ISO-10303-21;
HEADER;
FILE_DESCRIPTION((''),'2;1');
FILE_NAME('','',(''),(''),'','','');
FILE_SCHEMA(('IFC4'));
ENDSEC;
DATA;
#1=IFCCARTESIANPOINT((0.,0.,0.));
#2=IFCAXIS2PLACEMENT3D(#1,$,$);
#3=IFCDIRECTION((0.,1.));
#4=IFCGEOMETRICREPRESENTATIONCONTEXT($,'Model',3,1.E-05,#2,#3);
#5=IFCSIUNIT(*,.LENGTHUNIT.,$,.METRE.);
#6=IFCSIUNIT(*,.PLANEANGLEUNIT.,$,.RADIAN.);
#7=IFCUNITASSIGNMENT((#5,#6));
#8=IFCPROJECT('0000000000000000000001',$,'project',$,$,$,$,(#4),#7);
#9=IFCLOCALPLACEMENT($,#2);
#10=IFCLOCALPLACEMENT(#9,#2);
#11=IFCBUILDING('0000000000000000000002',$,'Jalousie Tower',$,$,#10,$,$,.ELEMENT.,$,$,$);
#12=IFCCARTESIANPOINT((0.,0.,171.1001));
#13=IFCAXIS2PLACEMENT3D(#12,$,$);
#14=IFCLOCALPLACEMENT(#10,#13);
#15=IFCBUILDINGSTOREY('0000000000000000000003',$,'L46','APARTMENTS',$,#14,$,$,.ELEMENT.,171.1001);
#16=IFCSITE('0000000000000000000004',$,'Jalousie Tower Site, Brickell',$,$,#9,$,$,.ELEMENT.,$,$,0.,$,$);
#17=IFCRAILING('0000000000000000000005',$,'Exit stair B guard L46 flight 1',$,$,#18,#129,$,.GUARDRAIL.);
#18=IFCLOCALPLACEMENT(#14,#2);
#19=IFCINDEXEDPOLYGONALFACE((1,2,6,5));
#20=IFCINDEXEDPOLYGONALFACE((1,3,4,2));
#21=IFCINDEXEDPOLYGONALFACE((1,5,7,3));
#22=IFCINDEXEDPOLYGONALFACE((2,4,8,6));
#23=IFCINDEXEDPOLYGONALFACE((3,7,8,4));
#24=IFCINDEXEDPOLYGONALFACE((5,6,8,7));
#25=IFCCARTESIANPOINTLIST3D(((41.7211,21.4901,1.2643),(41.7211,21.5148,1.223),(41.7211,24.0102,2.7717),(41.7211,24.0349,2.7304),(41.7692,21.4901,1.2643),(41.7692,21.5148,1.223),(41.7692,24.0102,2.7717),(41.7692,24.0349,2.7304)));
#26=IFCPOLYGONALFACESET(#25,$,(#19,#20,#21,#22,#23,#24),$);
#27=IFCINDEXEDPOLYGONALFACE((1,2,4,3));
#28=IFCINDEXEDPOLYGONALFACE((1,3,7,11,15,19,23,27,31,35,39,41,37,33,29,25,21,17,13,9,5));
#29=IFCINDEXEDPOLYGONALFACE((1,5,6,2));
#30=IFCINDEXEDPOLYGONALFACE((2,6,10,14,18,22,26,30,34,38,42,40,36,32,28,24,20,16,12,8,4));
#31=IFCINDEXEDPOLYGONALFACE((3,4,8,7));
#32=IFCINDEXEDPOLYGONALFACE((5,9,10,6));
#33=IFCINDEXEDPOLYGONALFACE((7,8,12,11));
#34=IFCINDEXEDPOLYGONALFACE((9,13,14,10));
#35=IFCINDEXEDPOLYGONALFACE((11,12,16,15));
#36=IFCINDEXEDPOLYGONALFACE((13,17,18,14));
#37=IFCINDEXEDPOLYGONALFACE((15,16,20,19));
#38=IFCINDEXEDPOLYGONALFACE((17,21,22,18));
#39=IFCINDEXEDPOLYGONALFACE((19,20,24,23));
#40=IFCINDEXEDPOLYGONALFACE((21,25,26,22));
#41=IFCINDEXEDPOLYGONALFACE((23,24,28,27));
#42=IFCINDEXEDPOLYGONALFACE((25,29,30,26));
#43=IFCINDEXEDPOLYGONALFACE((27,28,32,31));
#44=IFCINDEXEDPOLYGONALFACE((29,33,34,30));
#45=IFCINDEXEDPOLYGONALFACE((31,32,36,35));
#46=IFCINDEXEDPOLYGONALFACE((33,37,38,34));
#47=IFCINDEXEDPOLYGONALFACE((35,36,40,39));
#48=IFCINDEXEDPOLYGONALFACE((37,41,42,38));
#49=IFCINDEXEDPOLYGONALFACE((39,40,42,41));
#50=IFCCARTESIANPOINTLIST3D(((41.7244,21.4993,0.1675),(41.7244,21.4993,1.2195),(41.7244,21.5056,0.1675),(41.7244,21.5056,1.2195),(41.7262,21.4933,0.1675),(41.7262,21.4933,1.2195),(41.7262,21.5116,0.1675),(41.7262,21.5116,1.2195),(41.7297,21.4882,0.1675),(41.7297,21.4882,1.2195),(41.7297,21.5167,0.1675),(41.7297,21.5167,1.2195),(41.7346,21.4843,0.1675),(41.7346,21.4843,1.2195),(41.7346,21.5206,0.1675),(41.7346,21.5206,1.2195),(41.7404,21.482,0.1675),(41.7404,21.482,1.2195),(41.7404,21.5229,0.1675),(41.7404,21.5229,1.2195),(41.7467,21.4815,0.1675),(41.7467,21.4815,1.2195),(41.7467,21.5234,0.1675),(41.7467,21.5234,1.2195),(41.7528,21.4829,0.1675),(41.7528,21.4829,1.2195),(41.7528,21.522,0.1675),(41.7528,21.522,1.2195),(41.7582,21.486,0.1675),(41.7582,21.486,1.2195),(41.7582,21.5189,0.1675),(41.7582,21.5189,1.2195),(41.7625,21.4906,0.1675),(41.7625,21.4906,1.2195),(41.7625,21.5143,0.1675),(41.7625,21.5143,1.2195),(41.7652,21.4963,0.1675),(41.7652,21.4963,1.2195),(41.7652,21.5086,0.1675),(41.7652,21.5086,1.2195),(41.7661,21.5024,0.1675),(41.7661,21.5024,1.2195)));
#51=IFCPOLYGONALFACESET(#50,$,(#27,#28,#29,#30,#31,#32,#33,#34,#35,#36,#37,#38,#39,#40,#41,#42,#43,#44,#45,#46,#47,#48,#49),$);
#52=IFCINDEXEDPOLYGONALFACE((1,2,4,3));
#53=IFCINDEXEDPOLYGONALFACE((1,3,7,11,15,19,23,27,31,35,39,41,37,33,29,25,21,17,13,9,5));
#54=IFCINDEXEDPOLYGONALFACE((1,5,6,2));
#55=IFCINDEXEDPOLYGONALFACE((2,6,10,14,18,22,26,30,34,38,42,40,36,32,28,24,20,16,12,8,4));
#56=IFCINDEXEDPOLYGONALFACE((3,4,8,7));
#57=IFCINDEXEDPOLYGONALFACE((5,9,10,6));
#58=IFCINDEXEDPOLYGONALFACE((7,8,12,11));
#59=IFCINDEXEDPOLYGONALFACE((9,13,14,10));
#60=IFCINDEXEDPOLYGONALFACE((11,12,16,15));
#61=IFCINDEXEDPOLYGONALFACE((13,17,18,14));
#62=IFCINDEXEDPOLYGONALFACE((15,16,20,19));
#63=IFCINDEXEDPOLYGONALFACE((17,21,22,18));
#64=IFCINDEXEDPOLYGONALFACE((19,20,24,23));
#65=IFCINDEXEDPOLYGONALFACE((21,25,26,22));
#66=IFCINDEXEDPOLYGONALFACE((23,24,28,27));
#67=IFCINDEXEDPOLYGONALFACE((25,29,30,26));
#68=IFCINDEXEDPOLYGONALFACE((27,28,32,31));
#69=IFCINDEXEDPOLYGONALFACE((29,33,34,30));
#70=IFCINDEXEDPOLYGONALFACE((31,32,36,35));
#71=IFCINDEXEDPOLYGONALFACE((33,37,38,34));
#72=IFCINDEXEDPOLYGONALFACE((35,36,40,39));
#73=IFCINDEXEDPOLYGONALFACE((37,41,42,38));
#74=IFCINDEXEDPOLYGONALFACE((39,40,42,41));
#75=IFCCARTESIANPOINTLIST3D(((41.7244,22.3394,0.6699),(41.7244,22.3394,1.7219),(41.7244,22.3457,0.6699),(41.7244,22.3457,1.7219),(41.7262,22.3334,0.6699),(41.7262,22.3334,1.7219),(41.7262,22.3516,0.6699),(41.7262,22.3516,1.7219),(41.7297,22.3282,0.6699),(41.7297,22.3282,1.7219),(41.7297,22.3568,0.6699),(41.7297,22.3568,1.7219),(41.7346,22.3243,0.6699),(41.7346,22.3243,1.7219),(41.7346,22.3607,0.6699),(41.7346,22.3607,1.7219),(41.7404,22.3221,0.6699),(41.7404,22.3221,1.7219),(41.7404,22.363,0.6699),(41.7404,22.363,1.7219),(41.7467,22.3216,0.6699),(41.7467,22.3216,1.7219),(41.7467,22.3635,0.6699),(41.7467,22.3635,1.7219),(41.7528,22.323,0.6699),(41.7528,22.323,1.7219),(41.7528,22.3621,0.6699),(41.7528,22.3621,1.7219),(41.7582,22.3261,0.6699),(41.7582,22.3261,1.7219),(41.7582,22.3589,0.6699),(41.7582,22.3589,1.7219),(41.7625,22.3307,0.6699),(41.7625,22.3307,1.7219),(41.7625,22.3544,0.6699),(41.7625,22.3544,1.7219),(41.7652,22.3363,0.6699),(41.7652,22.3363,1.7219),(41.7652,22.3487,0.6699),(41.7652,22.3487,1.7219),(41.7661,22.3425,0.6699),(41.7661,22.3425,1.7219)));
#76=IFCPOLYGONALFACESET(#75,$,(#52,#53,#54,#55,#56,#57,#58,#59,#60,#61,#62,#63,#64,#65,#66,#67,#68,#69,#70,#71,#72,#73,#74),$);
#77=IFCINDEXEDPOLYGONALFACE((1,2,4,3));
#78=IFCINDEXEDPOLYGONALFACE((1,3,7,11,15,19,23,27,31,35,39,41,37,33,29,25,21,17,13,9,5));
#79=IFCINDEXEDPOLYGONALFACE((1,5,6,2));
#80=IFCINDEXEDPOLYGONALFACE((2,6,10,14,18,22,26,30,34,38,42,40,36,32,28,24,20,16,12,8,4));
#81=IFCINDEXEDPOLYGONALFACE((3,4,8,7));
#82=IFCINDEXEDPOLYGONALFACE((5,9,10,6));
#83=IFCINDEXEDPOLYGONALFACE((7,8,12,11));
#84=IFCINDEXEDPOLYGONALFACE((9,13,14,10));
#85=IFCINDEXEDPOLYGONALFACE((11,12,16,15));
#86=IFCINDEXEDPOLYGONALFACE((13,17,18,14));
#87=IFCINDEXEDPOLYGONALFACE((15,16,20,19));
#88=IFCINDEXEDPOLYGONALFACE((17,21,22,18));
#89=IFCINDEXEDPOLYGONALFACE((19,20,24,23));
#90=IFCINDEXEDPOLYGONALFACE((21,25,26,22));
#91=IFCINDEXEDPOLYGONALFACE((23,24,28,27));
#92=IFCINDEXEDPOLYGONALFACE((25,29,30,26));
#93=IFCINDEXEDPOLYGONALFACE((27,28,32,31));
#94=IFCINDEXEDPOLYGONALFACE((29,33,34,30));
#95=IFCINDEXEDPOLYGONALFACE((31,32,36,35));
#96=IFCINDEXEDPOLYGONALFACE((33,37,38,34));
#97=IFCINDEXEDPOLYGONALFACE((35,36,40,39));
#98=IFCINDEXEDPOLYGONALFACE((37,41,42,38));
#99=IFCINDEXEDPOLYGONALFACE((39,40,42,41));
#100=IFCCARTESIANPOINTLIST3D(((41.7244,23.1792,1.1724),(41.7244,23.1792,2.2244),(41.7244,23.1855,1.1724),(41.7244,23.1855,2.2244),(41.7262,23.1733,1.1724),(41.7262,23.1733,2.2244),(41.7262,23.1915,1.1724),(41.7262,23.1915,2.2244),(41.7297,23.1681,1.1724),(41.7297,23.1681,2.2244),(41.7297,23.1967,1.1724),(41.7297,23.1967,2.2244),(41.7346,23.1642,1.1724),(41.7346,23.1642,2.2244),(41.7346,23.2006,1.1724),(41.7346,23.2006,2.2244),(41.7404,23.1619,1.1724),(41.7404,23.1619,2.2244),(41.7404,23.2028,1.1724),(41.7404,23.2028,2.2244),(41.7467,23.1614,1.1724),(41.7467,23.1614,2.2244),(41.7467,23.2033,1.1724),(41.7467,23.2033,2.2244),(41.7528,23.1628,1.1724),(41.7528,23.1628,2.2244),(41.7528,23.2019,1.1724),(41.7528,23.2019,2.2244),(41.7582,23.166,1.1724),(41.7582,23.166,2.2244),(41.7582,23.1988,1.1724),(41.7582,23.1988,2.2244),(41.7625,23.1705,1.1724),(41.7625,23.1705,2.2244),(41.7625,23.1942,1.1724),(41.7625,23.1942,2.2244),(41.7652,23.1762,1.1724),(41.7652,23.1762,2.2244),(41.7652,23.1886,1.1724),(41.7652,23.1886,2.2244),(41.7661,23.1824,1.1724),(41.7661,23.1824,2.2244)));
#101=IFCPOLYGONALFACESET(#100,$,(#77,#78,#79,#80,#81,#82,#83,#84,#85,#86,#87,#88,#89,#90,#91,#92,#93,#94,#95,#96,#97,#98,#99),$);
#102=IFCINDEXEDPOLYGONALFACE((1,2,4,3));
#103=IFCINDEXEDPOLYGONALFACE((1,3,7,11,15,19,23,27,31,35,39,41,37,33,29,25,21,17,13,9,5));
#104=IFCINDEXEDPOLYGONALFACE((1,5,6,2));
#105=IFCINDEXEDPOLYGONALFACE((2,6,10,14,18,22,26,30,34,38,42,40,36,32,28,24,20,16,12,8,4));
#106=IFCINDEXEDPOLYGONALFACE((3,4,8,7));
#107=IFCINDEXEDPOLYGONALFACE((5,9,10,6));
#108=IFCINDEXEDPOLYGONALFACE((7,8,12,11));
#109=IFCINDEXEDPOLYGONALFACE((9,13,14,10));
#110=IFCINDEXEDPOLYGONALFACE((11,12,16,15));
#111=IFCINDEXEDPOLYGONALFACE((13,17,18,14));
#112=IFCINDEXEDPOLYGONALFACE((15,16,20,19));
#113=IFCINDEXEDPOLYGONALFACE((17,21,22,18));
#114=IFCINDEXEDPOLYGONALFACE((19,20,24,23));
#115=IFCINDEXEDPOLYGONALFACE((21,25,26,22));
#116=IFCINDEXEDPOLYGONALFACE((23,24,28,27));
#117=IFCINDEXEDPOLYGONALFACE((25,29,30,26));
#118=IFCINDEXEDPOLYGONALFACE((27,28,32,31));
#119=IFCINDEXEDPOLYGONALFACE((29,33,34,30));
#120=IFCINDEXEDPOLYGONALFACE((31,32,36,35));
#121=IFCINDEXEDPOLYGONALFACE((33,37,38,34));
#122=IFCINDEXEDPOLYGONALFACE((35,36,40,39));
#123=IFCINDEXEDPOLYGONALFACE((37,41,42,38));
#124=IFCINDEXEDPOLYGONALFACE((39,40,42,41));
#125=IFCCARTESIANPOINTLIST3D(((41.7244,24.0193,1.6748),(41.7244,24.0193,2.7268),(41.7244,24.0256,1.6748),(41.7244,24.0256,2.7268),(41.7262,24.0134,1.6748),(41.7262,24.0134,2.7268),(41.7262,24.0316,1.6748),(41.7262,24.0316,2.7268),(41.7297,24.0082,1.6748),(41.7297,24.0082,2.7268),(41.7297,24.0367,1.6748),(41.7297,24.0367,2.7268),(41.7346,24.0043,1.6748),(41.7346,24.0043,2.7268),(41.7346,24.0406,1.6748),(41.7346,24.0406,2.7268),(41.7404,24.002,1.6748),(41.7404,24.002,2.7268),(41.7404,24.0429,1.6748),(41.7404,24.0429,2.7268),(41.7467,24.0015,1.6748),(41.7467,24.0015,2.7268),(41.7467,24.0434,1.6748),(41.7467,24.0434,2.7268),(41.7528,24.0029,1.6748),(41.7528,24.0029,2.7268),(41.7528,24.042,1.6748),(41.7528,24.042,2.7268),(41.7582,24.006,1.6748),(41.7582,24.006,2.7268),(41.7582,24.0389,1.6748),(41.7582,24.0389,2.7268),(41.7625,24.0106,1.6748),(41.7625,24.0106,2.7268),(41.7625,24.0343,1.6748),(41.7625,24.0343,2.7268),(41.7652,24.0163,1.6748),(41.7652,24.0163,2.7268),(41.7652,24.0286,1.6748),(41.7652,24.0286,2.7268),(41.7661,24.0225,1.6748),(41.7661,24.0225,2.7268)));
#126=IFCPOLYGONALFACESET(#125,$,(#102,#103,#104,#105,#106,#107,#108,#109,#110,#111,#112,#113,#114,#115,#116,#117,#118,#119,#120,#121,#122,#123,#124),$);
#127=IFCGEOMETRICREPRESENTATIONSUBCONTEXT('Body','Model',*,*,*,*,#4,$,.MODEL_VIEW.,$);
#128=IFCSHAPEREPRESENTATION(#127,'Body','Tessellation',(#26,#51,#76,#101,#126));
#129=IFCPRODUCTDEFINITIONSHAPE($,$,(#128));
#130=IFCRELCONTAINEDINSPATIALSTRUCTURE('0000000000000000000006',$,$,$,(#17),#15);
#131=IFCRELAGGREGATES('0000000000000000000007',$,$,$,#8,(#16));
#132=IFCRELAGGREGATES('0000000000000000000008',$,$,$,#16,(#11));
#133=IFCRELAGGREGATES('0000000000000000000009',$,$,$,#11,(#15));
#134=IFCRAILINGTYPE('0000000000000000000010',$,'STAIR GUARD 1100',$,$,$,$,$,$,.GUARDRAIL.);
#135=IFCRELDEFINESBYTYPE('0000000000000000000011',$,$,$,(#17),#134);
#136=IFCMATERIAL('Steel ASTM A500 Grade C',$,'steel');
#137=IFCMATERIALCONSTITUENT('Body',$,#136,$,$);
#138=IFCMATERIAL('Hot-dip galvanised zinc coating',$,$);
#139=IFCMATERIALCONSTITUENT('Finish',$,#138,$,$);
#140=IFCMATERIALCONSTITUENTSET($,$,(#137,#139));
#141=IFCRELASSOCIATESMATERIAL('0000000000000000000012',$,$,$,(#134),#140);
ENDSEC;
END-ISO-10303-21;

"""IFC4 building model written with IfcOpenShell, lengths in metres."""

from ifc_helpers import new_model, si_unit, direction, frame, origin, origin_2d, place, context, subcontext, project, spatial, rectangle, circle, extrude, material, constituent, constituent_set, type_object, element, save


model = new_model("IFC4")

# Units and contexts
model_context = context("Model", 3, precision=1e-05, world=origin(), true_north=direction((0.0, 1.0)))
body_context = subcontext(model_context, "Body", "Model", "MODEL_VIEW")
ifc_project = project(units=[si_unit("LENGTHUNIT", "METRE"), si_unit("PLANEANGLEUNIT", "RADIAN")], contexts=[model_context])

# Site, building, storey
site_placement = place(None, origin())
site = spatial("IfcSite", under=ifc_project, at=site_placement, Name="Jalousie Tower Site, Brickell", CompositionType="ELEMENT", RefElevation=0.0)
building_placement = place(site_placement, origin())
building = spatial("IfcBuilding", under=site, at=building_placement, Name="Jalousie Tower", CompositionType="ELEMENT")
storey_placement = place(building_placement, frame((0.0, 0.0, 171.1001)))
storey = spatial("IfcBuildingStorey", under=building, at=storey_placement, Name="L46", Description="APARTMENTS", CompositionType="ELEMENT", Elevation=171.1001)

# Railing
ifc_material_1 = material(Name="Steel ASTM A500 Grade C", Category="steel")
ifc_constituent_1 = constituent(ifc_material_1, Name="Body")
ifc_material_2 = material(Name="Hot-dip galvanised zinc coating")
ifc_constituent_2 = constituent(ifc_material_2, Name="Finish")
ifc_constituent_set_1 = constituent_set(constituents=[ifc_constituent_1, ifc_constituent_2])
railing_type_1 = type_object("IfcRailingType", Name="STAIR GUARD 1100", PredefinedType="GUARDRAIL", material=ifc_constituent_set_1)
railing_1_placement = place(storey_placement, frame((41.7451, 21.5024, 0.1675)))
element("IfcRailing", 1, at=railing_1_placement, inside=storey, type_object=railing_type_1, Name="Exit stair B guard L46 flight 1", PredefinedType="GUARDRAIL", context=body_context, shape_type="SweptSolid", body=[
    extrude(rectangle(XDim=0.0481, YDim=0.0481, at=origin_2d()), frame((0.0, 0.0, 1.0762), z_axis=(0.0, 0.858196, 0.513321), x_axis=(-1.0, 0.0, 0.0)), (0.0, 0.0, 1.0), 2.9365),
    extrude(circle(Radius=0.021, at=origin_2d()), origin(), (0.0, 0.0, 1.0), 1.052),
    extrude(circle(Radius=0.021, at=origin_2d()), frame((0.0, 0.8401, 0.5024)), (0.0, 0.0, 1.0), 1.052),
    extrude(circle(Radius=0.021, at=origin_2d()), frame((0.0, 1.6799, 1.0049)), (0.0, 0.0, 1.0), 1.052),
    extrude(circle(Radius=0.021, at=origin_2d()), frame((0.0, 2.52, 1.5073)), (0.0, 0.0, 1.0), 1.052),
])

save(model, "model.ifc")
